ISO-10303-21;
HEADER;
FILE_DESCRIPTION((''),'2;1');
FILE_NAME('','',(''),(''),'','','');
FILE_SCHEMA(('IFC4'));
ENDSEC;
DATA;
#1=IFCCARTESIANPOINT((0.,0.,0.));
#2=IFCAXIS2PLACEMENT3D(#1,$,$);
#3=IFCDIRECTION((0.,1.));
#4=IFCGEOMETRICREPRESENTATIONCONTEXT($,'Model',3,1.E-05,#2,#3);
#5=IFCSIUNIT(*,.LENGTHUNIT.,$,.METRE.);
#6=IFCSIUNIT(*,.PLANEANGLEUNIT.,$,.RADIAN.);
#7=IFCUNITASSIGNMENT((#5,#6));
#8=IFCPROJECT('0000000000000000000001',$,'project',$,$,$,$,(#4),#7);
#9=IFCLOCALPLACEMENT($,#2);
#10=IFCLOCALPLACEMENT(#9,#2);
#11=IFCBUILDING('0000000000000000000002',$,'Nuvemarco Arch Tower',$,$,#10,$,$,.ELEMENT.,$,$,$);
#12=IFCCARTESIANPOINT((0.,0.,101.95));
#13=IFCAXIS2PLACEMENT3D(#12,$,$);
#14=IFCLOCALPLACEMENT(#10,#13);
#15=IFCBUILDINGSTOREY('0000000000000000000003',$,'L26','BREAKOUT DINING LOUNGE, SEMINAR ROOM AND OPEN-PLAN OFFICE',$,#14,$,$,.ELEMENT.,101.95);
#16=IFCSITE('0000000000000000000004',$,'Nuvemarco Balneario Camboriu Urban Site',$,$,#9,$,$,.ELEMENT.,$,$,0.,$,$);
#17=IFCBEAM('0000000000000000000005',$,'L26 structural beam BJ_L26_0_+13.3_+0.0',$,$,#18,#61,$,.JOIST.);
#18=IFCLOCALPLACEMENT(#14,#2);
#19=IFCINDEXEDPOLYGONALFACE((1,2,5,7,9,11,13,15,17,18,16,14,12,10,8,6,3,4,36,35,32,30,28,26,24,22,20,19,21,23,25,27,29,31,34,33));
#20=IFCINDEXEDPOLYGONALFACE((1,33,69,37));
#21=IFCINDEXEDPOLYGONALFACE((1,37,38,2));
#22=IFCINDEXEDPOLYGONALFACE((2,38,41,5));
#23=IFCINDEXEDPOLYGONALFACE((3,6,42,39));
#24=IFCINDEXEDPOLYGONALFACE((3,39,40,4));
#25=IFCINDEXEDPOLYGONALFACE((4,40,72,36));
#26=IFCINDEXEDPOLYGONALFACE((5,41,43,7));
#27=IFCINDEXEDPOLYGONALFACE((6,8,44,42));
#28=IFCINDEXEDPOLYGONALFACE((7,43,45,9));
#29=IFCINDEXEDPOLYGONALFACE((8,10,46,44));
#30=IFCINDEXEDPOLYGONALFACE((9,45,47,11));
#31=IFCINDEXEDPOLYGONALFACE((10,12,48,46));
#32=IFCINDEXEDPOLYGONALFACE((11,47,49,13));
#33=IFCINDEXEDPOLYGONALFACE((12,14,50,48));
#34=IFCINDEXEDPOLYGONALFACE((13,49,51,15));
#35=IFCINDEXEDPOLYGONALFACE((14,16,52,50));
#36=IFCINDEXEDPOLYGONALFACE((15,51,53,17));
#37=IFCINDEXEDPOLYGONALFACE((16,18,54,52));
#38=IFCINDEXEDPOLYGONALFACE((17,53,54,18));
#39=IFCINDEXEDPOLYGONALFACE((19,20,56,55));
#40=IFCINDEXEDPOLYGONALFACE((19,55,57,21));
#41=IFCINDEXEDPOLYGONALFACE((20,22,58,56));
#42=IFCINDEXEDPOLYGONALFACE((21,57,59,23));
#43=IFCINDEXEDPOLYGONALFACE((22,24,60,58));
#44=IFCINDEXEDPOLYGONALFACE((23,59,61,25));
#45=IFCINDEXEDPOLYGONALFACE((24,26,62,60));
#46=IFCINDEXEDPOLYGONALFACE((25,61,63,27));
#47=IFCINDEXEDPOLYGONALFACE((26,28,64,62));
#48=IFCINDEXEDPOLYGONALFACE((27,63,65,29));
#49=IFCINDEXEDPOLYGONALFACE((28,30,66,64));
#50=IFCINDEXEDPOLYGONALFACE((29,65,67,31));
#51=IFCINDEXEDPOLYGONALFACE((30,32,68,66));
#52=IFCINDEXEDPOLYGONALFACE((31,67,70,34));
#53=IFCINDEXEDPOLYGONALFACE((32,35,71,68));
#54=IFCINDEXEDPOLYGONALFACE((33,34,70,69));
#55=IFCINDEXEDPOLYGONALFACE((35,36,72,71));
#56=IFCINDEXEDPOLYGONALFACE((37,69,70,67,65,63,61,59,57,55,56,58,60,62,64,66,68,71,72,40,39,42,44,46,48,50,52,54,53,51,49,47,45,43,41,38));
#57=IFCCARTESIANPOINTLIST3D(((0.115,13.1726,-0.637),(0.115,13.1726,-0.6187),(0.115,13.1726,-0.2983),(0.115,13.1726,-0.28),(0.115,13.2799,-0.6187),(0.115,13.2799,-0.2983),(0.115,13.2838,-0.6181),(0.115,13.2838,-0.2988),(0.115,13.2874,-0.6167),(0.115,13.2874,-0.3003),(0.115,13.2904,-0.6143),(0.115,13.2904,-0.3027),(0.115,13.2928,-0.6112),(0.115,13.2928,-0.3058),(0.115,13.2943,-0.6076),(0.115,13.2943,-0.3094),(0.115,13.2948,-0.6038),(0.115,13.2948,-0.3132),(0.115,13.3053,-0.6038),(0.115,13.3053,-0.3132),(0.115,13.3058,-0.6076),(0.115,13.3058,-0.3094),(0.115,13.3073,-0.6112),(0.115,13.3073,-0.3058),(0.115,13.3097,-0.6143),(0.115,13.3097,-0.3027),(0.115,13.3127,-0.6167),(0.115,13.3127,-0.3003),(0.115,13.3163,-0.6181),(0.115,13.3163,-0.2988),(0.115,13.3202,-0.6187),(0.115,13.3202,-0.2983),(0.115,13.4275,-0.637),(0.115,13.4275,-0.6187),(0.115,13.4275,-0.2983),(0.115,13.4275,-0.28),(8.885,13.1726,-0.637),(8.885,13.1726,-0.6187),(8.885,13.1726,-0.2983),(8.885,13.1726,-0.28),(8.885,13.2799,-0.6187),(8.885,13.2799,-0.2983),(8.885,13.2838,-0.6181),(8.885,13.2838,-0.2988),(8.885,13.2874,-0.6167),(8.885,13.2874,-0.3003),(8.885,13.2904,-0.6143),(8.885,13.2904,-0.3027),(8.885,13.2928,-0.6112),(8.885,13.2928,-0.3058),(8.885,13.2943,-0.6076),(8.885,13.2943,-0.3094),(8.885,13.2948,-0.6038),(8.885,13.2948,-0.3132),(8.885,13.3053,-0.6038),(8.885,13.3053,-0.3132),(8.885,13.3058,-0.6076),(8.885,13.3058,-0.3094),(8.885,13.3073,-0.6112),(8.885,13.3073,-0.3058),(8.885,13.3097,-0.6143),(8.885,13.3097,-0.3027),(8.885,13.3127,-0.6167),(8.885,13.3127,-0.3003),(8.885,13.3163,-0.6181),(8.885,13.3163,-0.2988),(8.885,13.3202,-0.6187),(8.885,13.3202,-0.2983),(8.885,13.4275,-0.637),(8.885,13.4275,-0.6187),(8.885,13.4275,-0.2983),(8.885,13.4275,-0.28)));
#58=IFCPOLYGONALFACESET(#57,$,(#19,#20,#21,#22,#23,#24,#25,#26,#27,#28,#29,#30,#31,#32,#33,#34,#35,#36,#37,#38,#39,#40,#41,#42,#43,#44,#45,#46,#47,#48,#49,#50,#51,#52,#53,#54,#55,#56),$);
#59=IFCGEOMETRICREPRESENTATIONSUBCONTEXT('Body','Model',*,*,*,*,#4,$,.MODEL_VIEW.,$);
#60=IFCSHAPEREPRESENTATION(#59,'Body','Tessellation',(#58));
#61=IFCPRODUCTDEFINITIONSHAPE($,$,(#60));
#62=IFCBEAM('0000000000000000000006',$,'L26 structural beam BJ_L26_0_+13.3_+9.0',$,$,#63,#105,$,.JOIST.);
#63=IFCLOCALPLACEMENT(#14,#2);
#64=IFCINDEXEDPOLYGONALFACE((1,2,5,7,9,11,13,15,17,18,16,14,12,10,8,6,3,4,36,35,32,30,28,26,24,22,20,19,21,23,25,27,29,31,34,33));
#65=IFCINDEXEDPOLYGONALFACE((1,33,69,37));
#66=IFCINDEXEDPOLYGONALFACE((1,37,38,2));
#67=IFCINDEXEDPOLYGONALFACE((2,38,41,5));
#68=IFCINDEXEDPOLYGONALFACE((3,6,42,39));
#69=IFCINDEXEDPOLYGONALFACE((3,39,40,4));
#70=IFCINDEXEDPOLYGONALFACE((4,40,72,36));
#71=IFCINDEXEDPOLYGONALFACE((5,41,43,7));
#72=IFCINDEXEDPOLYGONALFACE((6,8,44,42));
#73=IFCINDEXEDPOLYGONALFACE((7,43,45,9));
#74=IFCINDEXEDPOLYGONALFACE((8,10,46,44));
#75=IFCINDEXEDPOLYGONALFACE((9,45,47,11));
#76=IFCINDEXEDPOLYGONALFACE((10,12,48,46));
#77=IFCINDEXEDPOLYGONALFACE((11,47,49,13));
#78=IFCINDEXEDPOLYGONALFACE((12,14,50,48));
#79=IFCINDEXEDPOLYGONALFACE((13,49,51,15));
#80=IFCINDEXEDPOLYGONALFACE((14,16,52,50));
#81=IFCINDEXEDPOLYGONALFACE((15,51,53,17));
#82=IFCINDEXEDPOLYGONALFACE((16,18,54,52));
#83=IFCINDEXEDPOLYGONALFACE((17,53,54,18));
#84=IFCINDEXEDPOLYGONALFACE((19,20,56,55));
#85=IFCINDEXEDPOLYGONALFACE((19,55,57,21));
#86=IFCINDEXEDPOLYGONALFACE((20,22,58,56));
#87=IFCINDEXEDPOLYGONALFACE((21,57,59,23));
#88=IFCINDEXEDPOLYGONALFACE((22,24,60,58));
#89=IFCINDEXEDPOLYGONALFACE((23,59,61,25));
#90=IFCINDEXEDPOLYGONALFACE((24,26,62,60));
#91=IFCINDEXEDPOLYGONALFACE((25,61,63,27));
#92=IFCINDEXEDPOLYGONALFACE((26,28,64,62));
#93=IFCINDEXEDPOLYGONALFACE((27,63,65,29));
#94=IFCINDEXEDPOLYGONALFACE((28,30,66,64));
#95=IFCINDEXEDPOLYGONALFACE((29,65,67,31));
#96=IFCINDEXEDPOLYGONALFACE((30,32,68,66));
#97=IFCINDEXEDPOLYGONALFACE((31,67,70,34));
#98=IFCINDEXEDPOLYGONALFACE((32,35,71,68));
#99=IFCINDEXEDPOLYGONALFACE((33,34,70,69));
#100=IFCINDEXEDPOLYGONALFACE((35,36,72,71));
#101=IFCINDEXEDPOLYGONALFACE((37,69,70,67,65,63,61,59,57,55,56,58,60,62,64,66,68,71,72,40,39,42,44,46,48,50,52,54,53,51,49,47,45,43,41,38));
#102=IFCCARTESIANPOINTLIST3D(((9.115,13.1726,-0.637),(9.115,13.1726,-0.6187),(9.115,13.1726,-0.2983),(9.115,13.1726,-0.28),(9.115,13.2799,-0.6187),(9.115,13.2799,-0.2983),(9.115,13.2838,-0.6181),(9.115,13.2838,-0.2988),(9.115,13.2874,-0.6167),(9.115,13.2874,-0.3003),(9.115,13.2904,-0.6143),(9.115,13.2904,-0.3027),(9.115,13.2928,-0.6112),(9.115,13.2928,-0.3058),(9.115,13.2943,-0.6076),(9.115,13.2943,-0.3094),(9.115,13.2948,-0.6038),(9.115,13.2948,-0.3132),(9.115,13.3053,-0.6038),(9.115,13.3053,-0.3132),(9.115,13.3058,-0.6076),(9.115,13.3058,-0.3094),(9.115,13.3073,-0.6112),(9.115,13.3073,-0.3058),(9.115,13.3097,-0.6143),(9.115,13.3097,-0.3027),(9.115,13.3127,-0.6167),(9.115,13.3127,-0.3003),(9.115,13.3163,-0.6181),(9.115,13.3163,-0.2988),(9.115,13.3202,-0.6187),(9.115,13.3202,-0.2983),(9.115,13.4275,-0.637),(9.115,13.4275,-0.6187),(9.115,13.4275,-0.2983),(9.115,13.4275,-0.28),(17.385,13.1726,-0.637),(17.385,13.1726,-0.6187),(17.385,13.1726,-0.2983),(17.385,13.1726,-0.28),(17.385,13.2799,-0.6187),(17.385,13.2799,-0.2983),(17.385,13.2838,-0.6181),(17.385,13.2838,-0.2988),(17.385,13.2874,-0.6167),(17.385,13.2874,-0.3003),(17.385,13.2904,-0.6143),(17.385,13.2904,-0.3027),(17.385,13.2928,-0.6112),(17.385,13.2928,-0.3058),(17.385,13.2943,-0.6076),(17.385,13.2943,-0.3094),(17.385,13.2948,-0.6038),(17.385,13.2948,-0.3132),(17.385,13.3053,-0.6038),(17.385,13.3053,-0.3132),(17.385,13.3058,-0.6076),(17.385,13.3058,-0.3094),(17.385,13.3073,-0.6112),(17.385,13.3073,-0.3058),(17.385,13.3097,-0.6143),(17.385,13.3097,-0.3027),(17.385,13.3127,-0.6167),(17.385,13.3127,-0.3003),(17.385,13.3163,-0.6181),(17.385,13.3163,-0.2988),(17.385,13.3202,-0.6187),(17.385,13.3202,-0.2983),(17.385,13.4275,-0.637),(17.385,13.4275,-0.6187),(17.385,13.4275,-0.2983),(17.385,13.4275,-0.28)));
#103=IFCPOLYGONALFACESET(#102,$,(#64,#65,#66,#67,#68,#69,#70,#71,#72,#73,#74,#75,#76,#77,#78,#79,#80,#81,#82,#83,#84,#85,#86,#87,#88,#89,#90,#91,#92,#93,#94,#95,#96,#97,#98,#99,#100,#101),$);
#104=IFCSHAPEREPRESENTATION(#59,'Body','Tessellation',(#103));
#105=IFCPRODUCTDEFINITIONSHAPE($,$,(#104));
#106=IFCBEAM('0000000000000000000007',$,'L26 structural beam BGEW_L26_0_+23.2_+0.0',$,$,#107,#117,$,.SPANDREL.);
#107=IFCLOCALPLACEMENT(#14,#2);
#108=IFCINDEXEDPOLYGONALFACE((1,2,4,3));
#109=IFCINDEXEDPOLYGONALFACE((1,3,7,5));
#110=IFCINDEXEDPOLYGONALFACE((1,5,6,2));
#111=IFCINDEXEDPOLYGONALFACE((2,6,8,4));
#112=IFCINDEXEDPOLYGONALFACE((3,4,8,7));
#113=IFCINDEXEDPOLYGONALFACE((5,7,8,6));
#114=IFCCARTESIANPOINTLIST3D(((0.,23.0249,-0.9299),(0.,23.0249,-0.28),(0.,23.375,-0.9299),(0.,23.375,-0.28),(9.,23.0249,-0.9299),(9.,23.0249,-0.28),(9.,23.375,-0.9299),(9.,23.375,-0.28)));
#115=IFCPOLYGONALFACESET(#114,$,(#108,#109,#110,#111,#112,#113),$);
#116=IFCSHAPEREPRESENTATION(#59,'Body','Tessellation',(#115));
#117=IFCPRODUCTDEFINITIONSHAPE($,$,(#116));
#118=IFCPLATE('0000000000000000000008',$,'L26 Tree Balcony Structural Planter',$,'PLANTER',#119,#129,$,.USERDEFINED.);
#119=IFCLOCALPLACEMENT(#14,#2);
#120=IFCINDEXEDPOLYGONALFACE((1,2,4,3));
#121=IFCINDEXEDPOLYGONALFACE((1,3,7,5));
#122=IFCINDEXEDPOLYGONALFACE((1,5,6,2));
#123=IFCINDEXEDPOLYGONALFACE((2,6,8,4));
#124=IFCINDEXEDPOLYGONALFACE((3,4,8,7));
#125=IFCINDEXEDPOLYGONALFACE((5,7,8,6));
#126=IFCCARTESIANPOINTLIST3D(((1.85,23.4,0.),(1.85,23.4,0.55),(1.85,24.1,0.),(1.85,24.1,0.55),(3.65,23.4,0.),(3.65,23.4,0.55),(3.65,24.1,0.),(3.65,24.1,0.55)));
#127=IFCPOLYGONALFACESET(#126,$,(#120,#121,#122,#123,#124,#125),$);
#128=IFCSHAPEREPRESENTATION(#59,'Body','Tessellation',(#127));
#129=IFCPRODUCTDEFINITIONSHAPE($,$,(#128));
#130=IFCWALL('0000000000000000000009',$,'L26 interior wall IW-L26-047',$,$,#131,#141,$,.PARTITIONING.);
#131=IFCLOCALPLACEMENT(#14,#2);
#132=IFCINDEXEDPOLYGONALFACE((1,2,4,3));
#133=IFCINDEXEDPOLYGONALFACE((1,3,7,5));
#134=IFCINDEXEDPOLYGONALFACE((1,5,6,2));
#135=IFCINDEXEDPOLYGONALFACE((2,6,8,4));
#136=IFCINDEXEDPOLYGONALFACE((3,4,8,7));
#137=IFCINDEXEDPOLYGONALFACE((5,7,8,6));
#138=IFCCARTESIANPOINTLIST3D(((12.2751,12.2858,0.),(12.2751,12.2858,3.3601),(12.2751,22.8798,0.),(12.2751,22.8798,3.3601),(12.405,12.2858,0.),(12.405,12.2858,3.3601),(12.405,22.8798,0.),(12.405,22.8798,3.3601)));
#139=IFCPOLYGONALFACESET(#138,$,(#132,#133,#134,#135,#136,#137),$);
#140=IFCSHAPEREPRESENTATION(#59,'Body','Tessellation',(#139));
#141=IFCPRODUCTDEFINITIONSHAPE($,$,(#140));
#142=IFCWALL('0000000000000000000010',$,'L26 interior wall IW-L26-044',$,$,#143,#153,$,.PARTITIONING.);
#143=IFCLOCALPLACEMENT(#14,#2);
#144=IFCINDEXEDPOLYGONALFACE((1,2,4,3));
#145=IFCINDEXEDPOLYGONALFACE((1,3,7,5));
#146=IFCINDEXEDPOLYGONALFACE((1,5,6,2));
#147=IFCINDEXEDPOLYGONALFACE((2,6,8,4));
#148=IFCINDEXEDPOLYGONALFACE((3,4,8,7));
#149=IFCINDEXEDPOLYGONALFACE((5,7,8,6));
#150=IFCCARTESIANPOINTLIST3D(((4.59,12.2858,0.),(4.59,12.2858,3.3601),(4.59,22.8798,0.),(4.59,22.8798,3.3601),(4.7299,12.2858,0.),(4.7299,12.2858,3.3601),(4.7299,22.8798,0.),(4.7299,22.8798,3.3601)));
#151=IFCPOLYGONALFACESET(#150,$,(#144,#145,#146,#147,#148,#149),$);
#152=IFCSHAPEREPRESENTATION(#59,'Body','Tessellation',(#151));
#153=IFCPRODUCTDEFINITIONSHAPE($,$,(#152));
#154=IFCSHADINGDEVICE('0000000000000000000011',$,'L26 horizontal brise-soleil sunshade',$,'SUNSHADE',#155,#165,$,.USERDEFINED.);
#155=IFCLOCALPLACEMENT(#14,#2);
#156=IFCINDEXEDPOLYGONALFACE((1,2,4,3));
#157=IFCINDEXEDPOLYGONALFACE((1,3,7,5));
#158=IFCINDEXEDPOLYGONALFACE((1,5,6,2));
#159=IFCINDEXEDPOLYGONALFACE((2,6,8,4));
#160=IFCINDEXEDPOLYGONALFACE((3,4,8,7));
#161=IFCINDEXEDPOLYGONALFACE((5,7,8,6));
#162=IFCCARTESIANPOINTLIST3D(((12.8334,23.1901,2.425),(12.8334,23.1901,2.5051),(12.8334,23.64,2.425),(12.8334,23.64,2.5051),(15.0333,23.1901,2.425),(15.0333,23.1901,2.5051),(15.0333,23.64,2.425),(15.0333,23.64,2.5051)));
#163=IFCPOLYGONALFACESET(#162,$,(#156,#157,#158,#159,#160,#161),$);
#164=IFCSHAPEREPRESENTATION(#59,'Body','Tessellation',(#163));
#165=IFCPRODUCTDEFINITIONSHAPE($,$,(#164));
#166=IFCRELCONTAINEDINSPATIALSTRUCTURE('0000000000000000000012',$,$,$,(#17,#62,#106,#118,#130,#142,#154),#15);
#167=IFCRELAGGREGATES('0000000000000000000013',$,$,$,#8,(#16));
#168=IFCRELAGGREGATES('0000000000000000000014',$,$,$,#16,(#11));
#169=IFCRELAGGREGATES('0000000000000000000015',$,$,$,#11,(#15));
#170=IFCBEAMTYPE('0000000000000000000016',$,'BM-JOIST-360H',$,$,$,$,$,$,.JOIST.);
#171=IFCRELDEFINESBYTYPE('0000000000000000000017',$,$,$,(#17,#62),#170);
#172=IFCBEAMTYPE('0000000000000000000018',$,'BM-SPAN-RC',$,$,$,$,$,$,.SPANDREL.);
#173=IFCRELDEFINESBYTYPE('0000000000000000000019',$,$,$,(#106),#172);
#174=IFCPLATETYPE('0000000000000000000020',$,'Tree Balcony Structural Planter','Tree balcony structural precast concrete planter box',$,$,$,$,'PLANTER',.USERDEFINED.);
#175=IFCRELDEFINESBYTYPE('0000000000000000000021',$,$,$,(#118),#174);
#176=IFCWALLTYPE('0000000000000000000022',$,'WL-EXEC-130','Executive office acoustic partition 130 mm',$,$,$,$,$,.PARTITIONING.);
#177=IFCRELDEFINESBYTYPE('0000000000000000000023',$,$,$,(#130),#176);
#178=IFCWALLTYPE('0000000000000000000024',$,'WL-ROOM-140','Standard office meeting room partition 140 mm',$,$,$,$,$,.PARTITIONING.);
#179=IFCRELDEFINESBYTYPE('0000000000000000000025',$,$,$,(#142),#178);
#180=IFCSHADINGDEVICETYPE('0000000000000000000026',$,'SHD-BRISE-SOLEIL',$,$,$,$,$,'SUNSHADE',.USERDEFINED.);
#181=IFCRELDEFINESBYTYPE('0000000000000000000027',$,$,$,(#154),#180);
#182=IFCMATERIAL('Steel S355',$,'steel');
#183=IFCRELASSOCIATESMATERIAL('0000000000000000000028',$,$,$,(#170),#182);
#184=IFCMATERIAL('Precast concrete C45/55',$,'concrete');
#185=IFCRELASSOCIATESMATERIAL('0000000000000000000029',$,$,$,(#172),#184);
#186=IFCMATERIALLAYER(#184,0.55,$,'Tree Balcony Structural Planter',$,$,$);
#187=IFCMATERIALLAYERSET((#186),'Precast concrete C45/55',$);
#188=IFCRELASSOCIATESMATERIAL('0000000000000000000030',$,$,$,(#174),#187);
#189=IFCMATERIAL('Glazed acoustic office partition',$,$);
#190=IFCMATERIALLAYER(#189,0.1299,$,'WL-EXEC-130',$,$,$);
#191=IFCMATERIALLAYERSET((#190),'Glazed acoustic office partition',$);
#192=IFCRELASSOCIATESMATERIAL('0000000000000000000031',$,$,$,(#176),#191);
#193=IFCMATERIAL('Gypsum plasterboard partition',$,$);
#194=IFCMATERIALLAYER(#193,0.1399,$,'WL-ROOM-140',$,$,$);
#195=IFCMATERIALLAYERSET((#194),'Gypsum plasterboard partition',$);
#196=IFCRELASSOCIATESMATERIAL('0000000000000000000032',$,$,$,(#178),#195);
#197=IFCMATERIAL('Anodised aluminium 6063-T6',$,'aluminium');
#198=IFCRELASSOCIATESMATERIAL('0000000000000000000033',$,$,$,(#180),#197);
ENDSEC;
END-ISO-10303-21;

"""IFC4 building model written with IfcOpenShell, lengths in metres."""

from ifc_helpers import new_model, si_unit, direction, frame, frame_2d, origin, origin_2d, place, context, subcontext, project, spatial, rectangle, i_section, extrude, source, transform, mapped, material, layer, layer_set, material_profile, profile_set, type_object, type_shapes, element, save


model = new_model("IFC4")

# Units and contexts
model_context = context("Model", 3, precision=1e-05, world=origin(), true_north=direction((0.0, 1.0)))
body_context = subcontext(model_context, "Body", "Model", "MODEL_VIEW")
ifc_project = project(units=[si_unit("LENGTHUNIT", "METRE"), si_unit("PLANEANGLEUNIT", "RADIAN")], contexts=[model_context])

# Site, building, storey
site_placement = place(None, origin())
site = spatial("IfcSite", under=ifc_project, at=site_placement, Name="Nuvemarco Balneario Camboriu Urban Site", CompositionType="ELEMENT", RefElevation=0.0)
building_placement = place(site_placement, origin())
building = spatial("IfcBuilding", under=site, at=building_placement, Name="Nuvemarco Arch Tower", CompositionType="ELEMENT")
storey_placement = place(building_placement, frame((0.0, 0.0, 101.95)))
storey = spatial("IfcBuildingStorey", under=building, at=storey_placement, Name="L26", Description="BREAKOUT DINING LOUNGE, SEMINAR ROOM AND OPEN-PLAN OFFICE", CompositionType="ELEMENT", Elevation=101.95)

# Shared definitions
ifc_material_1 = material(Name="Steel S355", Category="steel")

# Beams
ifc_material_profile_1 = material_profile(ifc_material_1, i_section(OverallWidth=0.2549, OverallDepth=0.3569, WebThickness=0.0105, FlangeThickness=0.0183, FilletRadius=0.0149, at=origin_2d()), Name="W360x101")
ifc_profile_set_1 = profile_set([ifc_material_profile_1], Name="Steel S355")
beam_type_1 = type_object("IfcBeamType", Name="BM-JOIST-360H", PredefinedType="JOIST", material=ifc_profile_set_1)
beam_1_placement = place(storey_placement, frame((0.115, 13.3, -0.4585), z_axis=(1.0, 0.0, 0.0), x_axis=(0.0, 1.0, 0.0)))
element("IfcBeam", 1, at=beam_1_placement, inside=storey, type_object=beam_type_1, Name="L26 structural beam BJ_L26_0_+13.3_+0.0", PredefinedType="JOIST", context=body_context, shape_type="SweptSolid", body=[
    extrude(i_section(OverallWidth=0.2549, OverallDepth=0.3569, WebThickness=0.0105, FlangeThickness=0.0183, FilletRadius=0.0149, at=origin_2d()), origin(), (0.0, 0.0, 1.0), 8.77),
])
beam_2_placement = place(storey_placement, frame((9.115, 13.3, -0.4585), z_axis=(1.0, 0.0, 0.0), x_axis=(0.0, 1.0, 0.0)))
element("IfcBeam", 2, at=beam_2_placement, inside=storey, type_object=beam_type_1, Name="L26 structural beam BJ_L26_0_+13.3_+9.0", PredefinedType="JOIST", context=body_context, shape_type="SweptSolid", body=[
    extrude(i_section(OverallWidth=0.2549, OverallDepth=0.3569, WebThickness=0.0105, FlangeThickness=0.0183, FilletRadius=0.0149, at=origin_2d()), origin(), (0.0, 0.0, 1.0), 8.27),
])
ifc_material_2 = material(Name="Precast concrete C45/55", Category="concrete")
ifc_material_profile_2 = material_profile(ifc_material_2, rectangle(XDim=0.3501, YDim=0.6499, at=origin_2d()), Name="PC-SP-350x650")
ifc_profile_set_2 = profile_set([ifc_material_profile_2], Name="Precast concrete C45/55")
beam_type_2 = type_object("IfcBeamType", Name="BM-SPAN-RC", PredefinedType="SPANDREL", material=ifc_profile_set_2)
beam_3_placement = place(storey_placement, frame((0.0, 23.2, -0.605), z_axis=(1.0, 0.0, 0.0), x_axis=(0.0, 1.0, 0.0)))
element("IfcBeam", 3, at=beam_3_placement, inside=storey, type_object=beam_type_2, Name="L26 structural beam BGEW_L26_0_+23.2_+0.0", PredefinedType="SPANDREL", context=body_context, shape_type="SweptSolid", body=[
    extrude(rectangle(XDim=0.3501, YDim=0.6499, at=origin_2d()), origin(), (0.0, 0.0, 1.0), 9.0),
])

# Plate
ifc_layer_1 = layer(ifc_material_2, 0.55, Name="Tree Balcony Structural Planter")
ifc_layer_set_1 = layer_set([ifc_layer_1], Name="Precast concrete C45/55")
plate_type = type_object("IfcPlateType", Name="Tree Balcony Structural Planter", Description="Tree balcony structural precast concrete planter box", ElementType="PLANTER", PredefinedType="USERDEFINED", material=ifc_layer_set_1)
shared_shape_1 = source(origin(), body_context, "Body", "SweptSolid", [
    extrude(rectangle(XDim=1.8, YDim=0.7, at=origin_2d()), origin(), (0.0, 0.0, 1.0), 0.55),
])
type_shapes(plate_type, [shared_shape_1])
plate_placement = place(storey_placement, frame((2.75, 23.75, 0.0), z_axis=(0.0, 0.0, 1.0), x_axis=(1.0, 0.0, 0.0)))
element("IfcPlate", 4, at=plate_placement, inside=storey, type_object=plate_type, Name="L26 Tree Balcony Structural Planter", ObjectType="PLANTER", PredefinedType="USERDEFINED", context=body_context, shape_type="MappedRepresentation", body=[
    mapped(shared_shape_1, transform((0.0, 0.0, 0.0), scale=1.0)),
])

# Walls
ifc_material_3 = material(Name="Glazed acoustic office partition")
ifc_layer_2 = layer(ifc_material_3, 0.1299, Name="WL-EXEC-130")
ifc_layer_set_2 = layer_set([ifc_layer_2], Name="Glazed acoustic office partition")
wall_type_1 = type_object("IfcWallType", Name="WL-EXEC-130", Description="Executive office acoustic partition 130 mm", PredefinedType="PARTITIONING", material=ifc_layer_set_2)
wall_1_placement = place(storey_placement, frame((12.3401, 12.2859, 0.0), z_axis=(0.0, 0.0, 1.0), x_axis=(0.0, 1.0, 0.0)))
element("IfcWall", 5, at=wall_1_placement, inside=storey, type_object=wall_type_1, Name="L26 interior wall IW-L26-047", PredefinedType="PARTITIONING", context=body_context, shape_type="SweptSolid", body=[
    extrude(rectangle(XDim=10.594, YDim=0.1299, at=frame_2d((5.2969, 0.0))), origin(), (0.0, 0.0, 1.0), 3.3601),
])
ifc_material_4 = material(Name="Gypsum plasterboard partition")
ifc_layer_3 = layer(ifc_material_4, 0.1399, Name="WL-ROOM-140")
ifc_layer_set_3 = layer_set([ifc_layer_3], Name="Gypsum plasterboard partition")
wall_type_2 = type_object("IfcWallType", Name="WL-ROOM-140", Description="Standard office meeting room partition 140 mm", PredefinedType="PARTITIONING", material=ifc_layer_set_3)
wall_2_placement = place(storey_placement, frame((4.6599, 12.2859, 0.0), z_axis=(0.0, 0.0, 1.0), x_axis=(0.0, 1.0, 0.0)))
element("IfcWall", 6, at=wall_2_placement, inside=storey, type_object=wall_type_2, Name="L26 interior wall IW-L26-044", PredefinedType="PARTITIONING", context=body_context, shape_type="SweptSolid", body=[
    extrude(rectangle(XDim=10.594, YDim=0.1399, at=frame_2d((5.2969, 0.0))), origin(), (0.0, 0.0, 1.0), 3.3601),
])

# Shading device
ifc_material_5 = material(Name="Anodised aluminium 6063-T6", Category="aluminium")
shading_device_type = type_object("IfcShadingDeviceType", Name="SHD-BRISE-SOLEIL", ElementType="SUNSHADE", PredefinedType="USERDEFINED", material=ifc_material_5)
shared_shape_2 = source(origin(), body_context, "Body", "SweptSolid", [
    extrude(rectangle(XDim=2.2, YDim=0.45, at=origin_2d()), origin(), (0.0, 0.0, 1.0), 0.0801),
])
type_shapes(shading_device_type, [shared_shape_2])
shading_device_placement = place(storey_placement, frame((13.9333, 23.415, 2.425), z_axis=(0.0, 0.0, 1.0), x_axis=(1.0, 0.0, 0.0)))
element("IfcShadingDevice", 7, at=shading_device_placement, inside=storey, type_object=shading_device_type, Name="L26 horizontal brise-soleil sunshade", ObjectType="SUNSHADE", PredefinedType="USERDEFINED", context=body_context, shape_type="MappedRepresentation", body=[
    mapped(shared_shape_2, transform((0.0, 0.0, 0.0), scale=1.0)),
])

save(model, "model.ifc")
